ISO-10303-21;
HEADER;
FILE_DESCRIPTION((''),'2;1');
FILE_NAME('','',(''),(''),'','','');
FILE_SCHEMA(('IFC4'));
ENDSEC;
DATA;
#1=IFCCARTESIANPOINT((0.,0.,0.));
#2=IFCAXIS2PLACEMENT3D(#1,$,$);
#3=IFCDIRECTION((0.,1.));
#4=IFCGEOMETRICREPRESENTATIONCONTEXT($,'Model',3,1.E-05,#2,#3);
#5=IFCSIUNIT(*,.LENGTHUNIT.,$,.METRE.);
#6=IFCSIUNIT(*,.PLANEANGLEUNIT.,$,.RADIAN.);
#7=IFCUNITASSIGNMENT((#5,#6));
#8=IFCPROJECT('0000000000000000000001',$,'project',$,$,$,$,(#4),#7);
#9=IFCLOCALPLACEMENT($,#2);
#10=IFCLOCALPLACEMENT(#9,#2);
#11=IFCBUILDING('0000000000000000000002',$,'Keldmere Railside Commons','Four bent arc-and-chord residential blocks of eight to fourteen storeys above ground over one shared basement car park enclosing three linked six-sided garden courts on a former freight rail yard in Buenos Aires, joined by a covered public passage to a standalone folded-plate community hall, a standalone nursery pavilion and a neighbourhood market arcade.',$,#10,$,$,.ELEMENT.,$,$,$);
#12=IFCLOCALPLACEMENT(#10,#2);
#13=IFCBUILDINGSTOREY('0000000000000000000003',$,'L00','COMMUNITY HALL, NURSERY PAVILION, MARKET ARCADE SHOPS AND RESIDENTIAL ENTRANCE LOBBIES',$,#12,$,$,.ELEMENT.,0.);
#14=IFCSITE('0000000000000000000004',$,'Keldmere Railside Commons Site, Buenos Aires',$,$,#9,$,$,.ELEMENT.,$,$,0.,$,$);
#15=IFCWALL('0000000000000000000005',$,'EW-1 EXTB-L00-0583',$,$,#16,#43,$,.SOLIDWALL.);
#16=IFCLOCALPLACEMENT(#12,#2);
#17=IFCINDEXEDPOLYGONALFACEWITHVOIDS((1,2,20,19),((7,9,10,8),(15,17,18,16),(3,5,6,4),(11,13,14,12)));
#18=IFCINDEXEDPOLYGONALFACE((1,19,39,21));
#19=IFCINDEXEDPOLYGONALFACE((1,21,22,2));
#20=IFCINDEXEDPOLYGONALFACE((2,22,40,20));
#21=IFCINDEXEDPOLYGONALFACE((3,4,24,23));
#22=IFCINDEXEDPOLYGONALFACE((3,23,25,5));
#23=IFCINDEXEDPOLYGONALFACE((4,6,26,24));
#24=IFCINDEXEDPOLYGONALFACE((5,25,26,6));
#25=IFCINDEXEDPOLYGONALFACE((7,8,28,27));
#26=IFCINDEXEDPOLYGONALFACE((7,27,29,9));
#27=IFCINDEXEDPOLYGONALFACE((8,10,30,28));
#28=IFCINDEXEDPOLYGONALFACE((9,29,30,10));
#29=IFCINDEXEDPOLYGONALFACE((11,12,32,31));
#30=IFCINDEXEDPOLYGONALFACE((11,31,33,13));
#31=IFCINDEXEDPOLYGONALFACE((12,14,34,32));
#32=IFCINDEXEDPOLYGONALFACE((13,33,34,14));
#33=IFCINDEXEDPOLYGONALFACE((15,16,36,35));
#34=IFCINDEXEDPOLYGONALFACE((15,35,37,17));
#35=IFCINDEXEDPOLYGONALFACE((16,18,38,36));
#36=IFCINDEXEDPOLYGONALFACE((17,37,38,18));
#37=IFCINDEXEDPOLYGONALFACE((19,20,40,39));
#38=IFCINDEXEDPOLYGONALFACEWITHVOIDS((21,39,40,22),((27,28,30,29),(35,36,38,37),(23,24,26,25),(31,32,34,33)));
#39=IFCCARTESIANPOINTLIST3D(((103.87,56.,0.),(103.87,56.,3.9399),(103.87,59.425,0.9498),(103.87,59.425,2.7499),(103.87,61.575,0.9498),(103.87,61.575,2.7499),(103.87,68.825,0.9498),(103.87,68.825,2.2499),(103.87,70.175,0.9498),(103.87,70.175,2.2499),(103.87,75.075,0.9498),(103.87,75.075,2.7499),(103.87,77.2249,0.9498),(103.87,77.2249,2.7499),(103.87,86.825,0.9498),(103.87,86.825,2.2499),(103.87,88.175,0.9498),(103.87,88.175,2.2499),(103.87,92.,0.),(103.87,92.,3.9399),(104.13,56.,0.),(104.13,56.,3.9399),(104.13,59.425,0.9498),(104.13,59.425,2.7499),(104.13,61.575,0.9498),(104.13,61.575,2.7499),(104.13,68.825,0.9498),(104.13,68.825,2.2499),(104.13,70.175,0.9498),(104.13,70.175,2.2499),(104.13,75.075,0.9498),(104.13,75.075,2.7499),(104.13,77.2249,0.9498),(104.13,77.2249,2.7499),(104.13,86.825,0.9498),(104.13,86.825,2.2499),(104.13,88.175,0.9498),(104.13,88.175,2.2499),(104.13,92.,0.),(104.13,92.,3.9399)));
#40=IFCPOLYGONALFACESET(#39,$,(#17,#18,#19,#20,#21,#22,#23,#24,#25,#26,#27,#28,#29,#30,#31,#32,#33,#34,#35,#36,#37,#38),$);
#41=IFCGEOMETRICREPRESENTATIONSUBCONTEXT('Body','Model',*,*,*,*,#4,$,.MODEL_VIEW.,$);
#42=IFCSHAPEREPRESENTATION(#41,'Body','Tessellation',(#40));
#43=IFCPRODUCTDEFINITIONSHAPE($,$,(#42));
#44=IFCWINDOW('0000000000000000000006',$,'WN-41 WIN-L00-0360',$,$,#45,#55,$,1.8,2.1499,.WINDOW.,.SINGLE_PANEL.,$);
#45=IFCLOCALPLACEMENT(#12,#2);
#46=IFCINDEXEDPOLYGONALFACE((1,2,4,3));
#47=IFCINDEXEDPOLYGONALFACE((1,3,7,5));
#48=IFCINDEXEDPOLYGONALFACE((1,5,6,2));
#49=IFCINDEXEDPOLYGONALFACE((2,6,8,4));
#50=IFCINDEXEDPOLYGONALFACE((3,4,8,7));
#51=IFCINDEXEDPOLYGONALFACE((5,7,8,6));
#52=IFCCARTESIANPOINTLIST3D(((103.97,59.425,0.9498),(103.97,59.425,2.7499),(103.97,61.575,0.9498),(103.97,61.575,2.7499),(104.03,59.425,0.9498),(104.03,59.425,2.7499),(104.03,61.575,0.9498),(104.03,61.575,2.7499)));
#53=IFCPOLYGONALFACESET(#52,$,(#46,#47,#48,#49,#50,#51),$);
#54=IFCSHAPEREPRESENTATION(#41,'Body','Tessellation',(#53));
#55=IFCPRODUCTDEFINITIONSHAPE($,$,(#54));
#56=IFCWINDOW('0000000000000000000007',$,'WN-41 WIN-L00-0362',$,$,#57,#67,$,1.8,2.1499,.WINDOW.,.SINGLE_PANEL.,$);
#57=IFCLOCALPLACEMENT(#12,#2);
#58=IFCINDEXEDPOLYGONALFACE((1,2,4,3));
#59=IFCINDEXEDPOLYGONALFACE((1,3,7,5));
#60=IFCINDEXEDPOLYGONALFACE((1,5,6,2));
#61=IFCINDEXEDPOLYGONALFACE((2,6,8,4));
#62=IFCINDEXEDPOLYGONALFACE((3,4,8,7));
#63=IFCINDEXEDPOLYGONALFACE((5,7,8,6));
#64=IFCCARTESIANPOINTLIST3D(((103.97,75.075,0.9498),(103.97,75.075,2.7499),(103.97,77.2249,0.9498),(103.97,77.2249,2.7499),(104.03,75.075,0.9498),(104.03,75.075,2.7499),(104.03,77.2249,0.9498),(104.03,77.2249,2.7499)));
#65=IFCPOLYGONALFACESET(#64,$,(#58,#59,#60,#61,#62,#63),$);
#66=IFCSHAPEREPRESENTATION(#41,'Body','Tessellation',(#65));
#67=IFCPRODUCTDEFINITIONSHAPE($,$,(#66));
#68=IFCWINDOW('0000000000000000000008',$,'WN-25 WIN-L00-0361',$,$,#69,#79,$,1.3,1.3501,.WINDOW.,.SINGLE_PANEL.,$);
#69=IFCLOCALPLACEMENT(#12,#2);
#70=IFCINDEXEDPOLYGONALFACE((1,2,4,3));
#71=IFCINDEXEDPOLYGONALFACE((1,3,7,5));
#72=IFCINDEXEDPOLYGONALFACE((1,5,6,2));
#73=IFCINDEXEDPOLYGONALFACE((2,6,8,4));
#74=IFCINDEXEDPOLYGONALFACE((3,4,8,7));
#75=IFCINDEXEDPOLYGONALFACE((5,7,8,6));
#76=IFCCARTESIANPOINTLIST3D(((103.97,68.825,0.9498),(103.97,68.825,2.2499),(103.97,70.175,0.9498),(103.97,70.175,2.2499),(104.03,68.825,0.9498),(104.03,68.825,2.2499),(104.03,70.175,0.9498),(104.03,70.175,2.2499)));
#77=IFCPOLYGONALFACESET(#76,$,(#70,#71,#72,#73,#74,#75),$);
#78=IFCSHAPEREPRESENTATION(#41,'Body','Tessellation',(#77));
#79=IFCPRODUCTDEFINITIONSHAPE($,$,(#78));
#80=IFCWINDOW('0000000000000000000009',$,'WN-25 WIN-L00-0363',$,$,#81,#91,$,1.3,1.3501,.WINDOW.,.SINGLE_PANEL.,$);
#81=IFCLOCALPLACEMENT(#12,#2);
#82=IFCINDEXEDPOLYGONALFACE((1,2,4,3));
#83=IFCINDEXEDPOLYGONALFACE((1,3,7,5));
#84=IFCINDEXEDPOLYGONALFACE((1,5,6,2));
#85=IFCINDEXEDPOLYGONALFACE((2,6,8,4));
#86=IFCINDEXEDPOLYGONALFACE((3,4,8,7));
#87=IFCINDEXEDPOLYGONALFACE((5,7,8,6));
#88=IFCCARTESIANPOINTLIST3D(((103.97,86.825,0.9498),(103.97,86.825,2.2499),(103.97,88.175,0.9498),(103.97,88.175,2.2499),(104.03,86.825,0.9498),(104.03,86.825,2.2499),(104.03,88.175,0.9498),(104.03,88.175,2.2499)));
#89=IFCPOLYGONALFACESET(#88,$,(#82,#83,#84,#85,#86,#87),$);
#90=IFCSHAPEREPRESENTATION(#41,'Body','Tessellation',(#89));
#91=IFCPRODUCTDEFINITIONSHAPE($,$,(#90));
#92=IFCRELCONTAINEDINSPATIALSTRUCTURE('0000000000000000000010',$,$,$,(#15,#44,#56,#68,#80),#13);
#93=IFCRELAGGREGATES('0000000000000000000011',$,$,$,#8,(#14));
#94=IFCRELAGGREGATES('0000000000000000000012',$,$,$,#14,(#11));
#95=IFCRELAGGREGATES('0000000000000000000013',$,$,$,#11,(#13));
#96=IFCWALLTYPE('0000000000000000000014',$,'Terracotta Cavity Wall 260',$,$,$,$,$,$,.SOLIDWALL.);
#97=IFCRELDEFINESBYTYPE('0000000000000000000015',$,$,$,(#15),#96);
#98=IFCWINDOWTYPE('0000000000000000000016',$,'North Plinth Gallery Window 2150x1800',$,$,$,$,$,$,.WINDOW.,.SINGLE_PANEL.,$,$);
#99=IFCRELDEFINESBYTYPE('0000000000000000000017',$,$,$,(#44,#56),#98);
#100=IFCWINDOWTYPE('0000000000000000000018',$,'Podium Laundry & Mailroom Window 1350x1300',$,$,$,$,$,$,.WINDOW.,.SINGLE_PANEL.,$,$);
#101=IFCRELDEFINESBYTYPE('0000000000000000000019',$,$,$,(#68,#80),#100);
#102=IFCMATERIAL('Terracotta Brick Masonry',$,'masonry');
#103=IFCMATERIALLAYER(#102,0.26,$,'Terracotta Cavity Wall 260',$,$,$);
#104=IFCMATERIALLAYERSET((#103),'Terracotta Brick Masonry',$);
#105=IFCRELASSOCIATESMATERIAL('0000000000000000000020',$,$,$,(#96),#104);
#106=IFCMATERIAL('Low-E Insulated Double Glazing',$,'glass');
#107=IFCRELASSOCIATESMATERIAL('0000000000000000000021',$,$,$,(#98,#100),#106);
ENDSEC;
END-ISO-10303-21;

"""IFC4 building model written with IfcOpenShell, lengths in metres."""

from ifc_helpers import new_model, si_unit, direction, frame, frame_2d, origin, place, context, subcontext, project, spatial, rectangle, extrude, material, layer, layer_set, type_object, element, fill, save


model = new_model("IFC4")

# Units and contexts
model_context = context("Model", 3, precision=1e-05, world=origin(), true_north=direction((0.0, 1.0)))
body_context = subcontext(model_context, "Body", "Model", "MODEL_VIEW")
ifc_project = project(units=[si_unit("LENGTHUNIT", "METRE"), si_unit("PLANEANGLEUNIT", "RADIAN")], contexts=[model_context])

# Site, building, storey
site_placement = place(None, origin())
site = spatial("IfcSite", under=ifc_project, at=site_placement, Name="Keldmere Railside Commons Site, Buenos Aires", CompositionType="ELEMENT", RefElevation=0.0)
building_placement = place(site_placement, origin())
building = spatial("IfcBuilding", under=site, at=building_placement, Name="Keldmere Railside Commons", Description="Four bent arc-and-chord residential blocks of eight to fourteen storeys above ground over one shared basement car park enclosing three linked six-sided garden courts on a former freight rail yard in Buenos Aires, joined by a covered public passage to a standalone folded-plate community hall, a standalone nursery pavilion and a neighbourhood market arcade.", CompositionType="ELEMENT")
storey_placement = place(building_placement, origin())
storey = spatial("IfcBuildingStorey", under=building, at=storey_placement, Name="L00", Description="COMMUNITY HALL, NURSERY PAVILION, MARKET ARCADE SHOPS AND RESIDENTIAL ENTRANCE LOBBIES", CompositionType="ELEMENT", Elevation=0.0)

# Wall, openings, windows
ifc_material_1 = material(Name="Terracotta Brick Masonry", Category="masonry")
ifc_layer_1 = layer(ifc_material_1, 0.26, Name="Terracotta Cavity Wall 260")
ifc_layer_set_1 = layer_set([ifc_layer_1], Name="Terracotta Brick Masonry")
wall_type = type_object("IfcWallType", Name="Terracotta Cavity Wall 260", PredefinedType="SOLIDWALL", material=ifc_layer_set_1)
wall_placement = place(storey_placement, frame((104.0, 56.0, 0.0), z_axis=(0.0, 0.0, 1.0), x_axis=(0.0, 1.0, 0.0)))
wall = element("IfcWall", 1, at=wall_placement, inside=storey, type_object=wall_type, Name="EW-1 EXTB-L00-0583", PredefinedType="SOLIDWALL", context=body_context, shape_type="SweptSolid", body=[
    extrude(rectangle(XDim=36.0, YDim=0.26, at=frame_2d((18.0, 0.0))), origin(), (0.0, 0.0, 1.0), 3.9399),
])
opening_1_placement = place(wall_placement, frame((3.425, 0.0, 0.95)))
opening_1 = element("IfcOpeningElement", 2, at=opening_1_placement, cuts=wall, PredefinedType="OPENING", context=body_context, shape_type="SweptSolid", body=[
    extrude(rectangle(XDim=2.1499, YDim=1.8, at=frame_2d((1.075, 0.8999))), frame((0.0, 0.1399, 0.0), z_axis=(0.0, -1.0, 0.0), x_axis=(1.0, 0.0, 0.0)), (0.0, 0.0, 1.0), 0.28),
])
opening_2_placement = place(wall_placement, frame((12.825, 0.0, 0.95)))
opening_2 = element("IfcOpeningElement", 3, at=opening_2_placement, cuts=wall, PredefinedType="OPENING", context=body_context, shape_type="SweptSolid", body=[
    extrude(rectangle(XDim=1.3501, YDim=1.3, at=frame_2d((0.675, 0.6499))), frame((0.0, 0.1399, 0.0), z_axis=(0.0, -1.0, 0.0), x_axis=(1.0, 0.0, 0.0)), (0.0, 0.0, 1.0), 0.28),
])
opening_3_placement = place(wall_placement, frame((19.075, 0.0, 0.95)))
opening_3 = element("IfcOpeningElement", 4, at=opening_3_placement, cuts=wall, PredefinedType="OPENING", context=body_context, shape_type="SweptSolid", body=[
    extrude(rectangle(XDim=2.1499, YDim=1.8, at=frame_2d((1.075, 0.8999))), frame((0.0, 0.1399, 0.0), z_axis=(0.0, -1.0, 0.0), x_axis=(1.0, 0.0, 0.0)), (0.0, 0.0, 1.0), 0.28),
])
opening_4_placement = place(wall_placement, frame((30.825, 0.0, 0.95)))
opening_4 = element("IfcOpeningElement", 5, at=opening_4_placement, cuts=wall, PredefinedType="OPENING", context=body_context, shape_type="SweptSolid", body=[
    extrude(rectangle(XDim=1.3501, YDim=1.3, at=frame_2d((0.675, 0.6499))), frame((0.0, 0.1399, 0.0), z_axis=(0.0, -1.0, 0.0), x_axis=(1.0, 0.0, 0.0)), (0.0, 0.0, 1.0), 0.28),
])
ifc_material_2 = material(Name="Low-E Insulated Double Glazing", Category="glass")
window_type_1 = type_object("IfcWindowType", Name="North Plinth Gallery Window 2150x1800", PartitioningType="SINGLE_PANEL", PredefinedType="WINDOW", material=ifc_material_2)
window_1_placement = place(opening_1_placement, origin())
window_1 = element("IfcWindow", 6, at=window_1_placement, inside=storey, type_object=window_type_1, Name="WN-41 WIN-L00-0360", OverallHeight=1.8, OverallWidth=2.1499, PartitioningType="SINGLE_PANEL", PredefinedType="WINDOW", context=body_context, shape_type="SweptSolid", body=[
    extrude(rectangle(XDim=2.1499, YDim=1.8, at=frame_2d((1.075, 0.8999))), frame((0.0, 0.03, 0.0), z_axis=(0.0, -1.0, 0.0), x_axis=(1.0, 0.0, 0.0)), (0.0, 0.0, 1.0), 0.0601),
])
fill(opening_1, window_1)
window_2_placement = place(opening_3_placement, origin())
window_2 = element("IfcWindow", 7, at=window_2_placement, inside=storey, type_object=window_type_1, Name="WN-41 WIN-L00-0362", OverallHeight=1.8, OverallWidth=2.1499, PartitioningType="SINGLE_PANEL", PredefinedType="WINDOW", context=body_context, shape_type="SweptSolid", body=[
    extrude(rectangle(XDim=2.1499, YDim=1.8, at=frame_2d((1.075, 0.8999))), frame((0.0, 0.03, 0.0), z_axis=(0.0, -1.0, 0.0), x_axis=(1.0, 0.0, 0.0)), (0.0, 0.0, 1.0), 0.0601),
])
fill(opening_3, window_2)
window_type_2 = type_object("IfcWindowType", Name="Podium Laundry & Mailroom Window 1350x1300", PartitioningType="SINGLE_PANEL", PredefinedType="WINDOW", material=ifc_material_2)
window_3_placement = place(opening_2_placement, origin())
window_3 = element("IfcWindow", 8, at=window_3_placement, inside=storey, type_object=window_type_2, Name="WN-25 WIN-L00-0361", OverallHeight=1.3, OverallWidth=1.3501, PartitioningType="SINGLE_PANEL", PredefinedType="WINDOW", context=body_context, shape_type="SweptSolid", body=[
    extrude(rectangle(XDim=1.3501, YDim=1.3, at=frame_2d((0.675, 0.6499))), frame((0.0, 0.03, 0.0), z_axis=(0.0, -1.0, 0.0), x_axis=(1.0, 0.0, 0.0)), (0.0, 0.0, 1.0), 0.0601),
])
fill(opening_2, window_3)
window_4_placement = place(opening_4_placement, origin())
window_4 = element("IfcWindow", 9, at=window_4_placement, inside=storey, type_object=window_type_2, Name="WN-25 WIN-L00-0363", OverallHeight=1.3, OverallWidth=1.3501, PartitioningType="SINGLE_PANEL", PredefinedType="WINDOW", context=body_context, shape_type="SweptSolid", body=[
    extrude(rectangle(XDim=1.3501, YDim=1.3, at=frame_2d((0.675, 0.6499))), frame((0.0, 0.03, 0.0), z_axis=(0.0, -1.0, 0.0), x_axis=(1.0, 0.0, 0.0)), (0.0, 0.0, 1.0), 0.0601),
])
fill(opening_4, window_4)

save(model, "model.ifc")
